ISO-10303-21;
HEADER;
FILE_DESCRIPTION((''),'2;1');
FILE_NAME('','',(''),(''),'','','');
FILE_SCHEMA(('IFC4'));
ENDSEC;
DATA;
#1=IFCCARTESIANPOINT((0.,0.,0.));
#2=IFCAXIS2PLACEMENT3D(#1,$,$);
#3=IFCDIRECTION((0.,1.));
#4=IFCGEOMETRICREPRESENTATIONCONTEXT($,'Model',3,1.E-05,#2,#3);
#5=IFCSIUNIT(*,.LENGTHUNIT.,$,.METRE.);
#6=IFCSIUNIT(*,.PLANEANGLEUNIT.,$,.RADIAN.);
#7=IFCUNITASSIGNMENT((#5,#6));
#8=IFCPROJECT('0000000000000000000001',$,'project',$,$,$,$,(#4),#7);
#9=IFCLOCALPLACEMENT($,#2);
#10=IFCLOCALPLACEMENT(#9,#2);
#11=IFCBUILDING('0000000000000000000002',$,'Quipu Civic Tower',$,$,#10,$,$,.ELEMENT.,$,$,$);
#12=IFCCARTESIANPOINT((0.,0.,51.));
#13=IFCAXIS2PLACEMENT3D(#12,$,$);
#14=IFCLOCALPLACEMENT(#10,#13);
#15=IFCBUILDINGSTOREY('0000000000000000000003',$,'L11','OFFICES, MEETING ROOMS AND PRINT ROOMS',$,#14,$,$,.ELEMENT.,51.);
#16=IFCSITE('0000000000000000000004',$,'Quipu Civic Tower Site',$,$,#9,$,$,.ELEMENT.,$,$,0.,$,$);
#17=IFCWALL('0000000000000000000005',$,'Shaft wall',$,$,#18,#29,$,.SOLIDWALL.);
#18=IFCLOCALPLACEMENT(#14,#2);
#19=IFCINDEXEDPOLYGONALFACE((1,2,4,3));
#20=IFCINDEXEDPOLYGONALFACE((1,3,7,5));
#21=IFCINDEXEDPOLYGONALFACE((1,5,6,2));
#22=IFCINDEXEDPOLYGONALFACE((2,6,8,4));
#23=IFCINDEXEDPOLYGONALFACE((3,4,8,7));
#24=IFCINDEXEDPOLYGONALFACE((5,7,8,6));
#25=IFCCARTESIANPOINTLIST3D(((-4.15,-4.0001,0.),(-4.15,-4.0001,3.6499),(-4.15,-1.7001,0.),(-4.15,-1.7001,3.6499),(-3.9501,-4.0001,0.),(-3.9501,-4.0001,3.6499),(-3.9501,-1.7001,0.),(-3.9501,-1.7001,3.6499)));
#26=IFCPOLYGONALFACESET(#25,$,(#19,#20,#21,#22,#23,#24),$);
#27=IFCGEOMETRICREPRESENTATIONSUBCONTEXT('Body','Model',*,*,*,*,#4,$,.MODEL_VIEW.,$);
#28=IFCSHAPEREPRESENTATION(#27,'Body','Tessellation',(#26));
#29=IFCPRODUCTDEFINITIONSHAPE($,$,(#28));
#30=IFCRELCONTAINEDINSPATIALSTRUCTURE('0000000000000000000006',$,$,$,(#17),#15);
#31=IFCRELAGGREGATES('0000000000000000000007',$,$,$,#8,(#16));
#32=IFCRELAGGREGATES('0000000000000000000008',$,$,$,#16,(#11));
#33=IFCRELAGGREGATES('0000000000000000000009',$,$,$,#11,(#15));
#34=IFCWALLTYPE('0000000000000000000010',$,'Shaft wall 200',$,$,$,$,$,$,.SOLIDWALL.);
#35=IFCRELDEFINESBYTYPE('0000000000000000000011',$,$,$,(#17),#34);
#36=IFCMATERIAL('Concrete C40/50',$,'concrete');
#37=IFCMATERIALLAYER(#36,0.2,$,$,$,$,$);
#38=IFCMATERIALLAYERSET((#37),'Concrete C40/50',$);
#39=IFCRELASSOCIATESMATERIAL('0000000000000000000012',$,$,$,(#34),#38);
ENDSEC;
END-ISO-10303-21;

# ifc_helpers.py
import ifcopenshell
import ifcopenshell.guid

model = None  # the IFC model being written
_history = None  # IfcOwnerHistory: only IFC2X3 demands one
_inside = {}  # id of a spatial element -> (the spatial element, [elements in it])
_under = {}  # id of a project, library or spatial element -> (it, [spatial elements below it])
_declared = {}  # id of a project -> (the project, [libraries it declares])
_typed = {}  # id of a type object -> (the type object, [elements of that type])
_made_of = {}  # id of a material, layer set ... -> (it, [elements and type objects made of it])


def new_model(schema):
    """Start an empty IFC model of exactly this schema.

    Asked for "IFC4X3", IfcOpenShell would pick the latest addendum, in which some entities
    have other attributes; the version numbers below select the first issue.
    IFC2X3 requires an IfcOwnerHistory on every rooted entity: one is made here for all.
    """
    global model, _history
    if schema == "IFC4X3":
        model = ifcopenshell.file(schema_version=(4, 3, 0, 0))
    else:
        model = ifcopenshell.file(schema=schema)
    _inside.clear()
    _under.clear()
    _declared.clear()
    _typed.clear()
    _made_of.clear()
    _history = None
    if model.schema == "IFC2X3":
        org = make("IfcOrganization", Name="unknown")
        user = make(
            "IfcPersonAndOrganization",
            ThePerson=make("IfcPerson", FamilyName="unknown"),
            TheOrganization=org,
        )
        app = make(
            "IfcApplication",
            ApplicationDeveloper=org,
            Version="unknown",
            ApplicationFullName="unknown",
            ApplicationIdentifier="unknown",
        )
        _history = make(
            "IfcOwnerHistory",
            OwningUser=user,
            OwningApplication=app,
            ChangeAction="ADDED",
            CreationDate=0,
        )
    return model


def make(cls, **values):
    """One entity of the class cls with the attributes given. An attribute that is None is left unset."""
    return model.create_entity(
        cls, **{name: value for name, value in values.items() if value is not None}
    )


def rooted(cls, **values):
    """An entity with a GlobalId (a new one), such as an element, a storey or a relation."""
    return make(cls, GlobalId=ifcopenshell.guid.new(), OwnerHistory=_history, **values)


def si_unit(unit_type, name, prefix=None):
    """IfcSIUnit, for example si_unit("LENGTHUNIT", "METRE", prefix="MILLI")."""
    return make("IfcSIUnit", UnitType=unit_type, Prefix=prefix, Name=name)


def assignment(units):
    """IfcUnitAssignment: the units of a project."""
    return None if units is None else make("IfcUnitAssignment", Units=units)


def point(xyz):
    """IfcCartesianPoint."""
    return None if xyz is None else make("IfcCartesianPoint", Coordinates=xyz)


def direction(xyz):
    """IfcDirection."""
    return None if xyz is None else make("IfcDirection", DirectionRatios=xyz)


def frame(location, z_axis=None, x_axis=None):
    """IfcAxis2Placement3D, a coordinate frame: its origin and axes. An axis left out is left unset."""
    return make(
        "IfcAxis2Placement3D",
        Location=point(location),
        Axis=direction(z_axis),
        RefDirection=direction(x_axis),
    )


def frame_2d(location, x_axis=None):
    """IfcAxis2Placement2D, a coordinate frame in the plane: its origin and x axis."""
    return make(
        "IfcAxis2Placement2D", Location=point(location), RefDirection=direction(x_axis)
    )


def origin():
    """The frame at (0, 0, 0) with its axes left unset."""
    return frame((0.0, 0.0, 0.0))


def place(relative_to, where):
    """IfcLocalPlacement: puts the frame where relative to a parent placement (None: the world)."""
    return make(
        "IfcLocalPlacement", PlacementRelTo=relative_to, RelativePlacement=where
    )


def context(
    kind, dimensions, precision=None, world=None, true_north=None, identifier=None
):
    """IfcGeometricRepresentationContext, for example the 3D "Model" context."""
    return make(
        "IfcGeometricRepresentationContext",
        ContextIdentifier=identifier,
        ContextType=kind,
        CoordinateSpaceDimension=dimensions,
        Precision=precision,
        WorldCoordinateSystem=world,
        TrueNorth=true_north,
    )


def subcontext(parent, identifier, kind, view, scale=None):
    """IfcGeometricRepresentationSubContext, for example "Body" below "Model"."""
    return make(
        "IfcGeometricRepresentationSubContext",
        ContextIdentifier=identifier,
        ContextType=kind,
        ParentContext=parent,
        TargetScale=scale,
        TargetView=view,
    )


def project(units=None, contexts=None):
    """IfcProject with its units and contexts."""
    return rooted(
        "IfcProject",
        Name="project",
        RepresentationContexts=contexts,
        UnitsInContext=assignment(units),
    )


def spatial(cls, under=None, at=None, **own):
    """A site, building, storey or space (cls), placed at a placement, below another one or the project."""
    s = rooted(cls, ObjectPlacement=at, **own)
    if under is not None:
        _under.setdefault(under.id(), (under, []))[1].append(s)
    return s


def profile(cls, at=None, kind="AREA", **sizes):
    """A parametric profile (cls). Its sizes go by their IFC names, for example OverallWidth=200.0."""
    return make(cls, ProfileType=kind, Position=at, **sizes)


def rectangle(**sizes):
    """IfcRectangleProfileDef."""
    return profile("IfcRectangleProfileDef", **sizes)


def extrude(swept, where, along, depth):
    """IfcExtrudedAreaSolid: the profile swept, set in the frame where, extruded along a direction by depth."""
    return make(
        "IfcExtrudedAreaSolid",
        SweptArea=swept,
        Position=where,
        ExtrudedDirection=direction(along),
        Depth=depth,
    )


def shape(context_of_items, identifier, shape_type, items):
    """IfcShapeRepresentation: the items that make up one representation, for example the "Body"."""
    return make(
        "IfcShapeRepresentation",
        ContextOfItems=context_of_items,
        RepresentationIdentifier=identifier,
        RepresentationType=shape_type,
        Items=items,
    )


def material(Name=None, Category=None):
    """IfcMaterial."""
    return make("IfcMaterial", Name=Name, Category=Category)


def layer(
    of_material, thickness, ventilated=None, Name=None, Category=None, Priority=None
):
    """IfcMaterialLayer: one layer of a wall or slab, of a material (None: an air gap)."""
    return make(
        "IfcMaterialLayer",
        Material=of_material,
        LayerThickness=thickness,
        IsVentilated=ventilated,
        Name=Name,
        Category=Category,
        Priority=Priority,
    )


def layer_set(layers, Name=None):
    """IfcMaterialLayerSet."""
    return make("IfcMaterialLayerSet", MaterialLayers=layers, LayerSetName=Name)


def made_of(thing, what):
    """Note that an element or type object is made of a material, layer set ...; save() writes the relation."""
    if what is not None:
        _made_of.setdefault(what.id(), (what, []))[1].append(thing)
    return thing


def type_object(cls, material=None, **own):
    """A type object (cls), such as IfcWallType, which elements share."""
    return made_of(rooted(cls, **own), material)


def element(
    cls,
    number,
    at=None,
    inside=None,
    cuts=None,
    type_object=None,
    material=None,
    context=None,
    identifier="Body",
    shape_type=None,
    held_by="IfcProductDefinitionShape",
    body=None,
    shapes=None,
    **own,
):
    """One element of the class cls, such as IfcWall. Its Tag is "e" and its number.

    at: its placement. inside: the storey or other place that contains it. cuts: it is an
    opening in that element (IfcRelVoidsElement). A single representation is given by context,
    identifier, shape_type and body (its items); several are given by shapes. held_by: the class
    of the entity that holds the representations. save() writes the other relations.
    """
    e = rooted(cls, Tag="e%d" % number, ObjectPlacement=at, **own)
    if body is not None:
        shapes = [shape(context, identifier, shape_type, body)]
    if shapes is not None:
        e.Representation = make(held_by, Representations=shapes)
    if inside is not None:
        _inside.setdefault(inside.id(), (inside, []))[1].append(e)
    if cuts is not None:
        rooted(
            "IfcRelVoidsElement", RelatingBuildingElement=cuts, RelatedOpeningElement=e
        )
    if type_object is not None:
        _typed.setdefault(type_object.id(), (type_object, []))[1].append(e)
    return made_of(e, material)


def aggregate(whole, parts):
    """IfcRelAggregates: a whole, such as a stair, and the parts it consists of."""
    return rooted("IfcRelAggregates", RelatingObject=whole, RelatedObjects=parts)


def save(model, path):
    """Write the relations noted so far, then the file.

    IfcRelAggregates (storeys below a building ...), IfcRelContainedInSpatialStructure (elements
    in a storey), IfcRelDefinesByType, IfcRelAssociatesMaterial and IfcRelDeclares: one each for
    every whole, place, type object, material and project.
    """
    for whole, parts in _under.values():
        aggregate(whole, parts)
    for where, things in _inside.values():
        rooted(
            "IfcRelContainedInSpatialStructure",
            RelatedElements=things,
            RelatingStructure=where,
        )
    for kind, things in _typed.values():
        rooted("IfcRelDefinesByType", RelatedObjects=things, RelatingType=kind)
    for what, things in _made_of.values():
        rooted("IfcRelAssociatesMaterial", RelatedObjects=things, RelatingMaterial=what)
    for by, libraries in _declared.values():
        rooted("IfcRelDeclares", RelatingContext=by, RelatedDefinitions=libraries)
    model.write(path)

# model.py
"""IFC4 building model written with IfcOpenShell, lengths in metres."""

from ifc_helpers import new_model, si_unit, direction, frame, frame_2d, origin, place, context, subcontext, project, spatial, rectangle, extrude, material, layer, layer_set, type_object, element, save


model = new_model("IFC4")

# Units and contexts
model_context = context("Model", 3, precision=1e-05, world=origin(), true_north=direction((0.0, 1.0)))
body_context = subcontext(model_context, "Body", "Model", "MODEL_VIEW")
ifc_project = project(units=[si_unit("LENGTHUNIT", "METRE"), si_unit("PLANEANGLEUNIT", "RADIAN")], contexts=[model_context])

# Site, building, storey
site_placement = place(None, origin())
site = spatial("IfcSite", under=ifc_project, at=site_placement, Name="Quipu Civic Tower Site", CompositionType="ELEMENT", RefElevation=0.0)
building_placement = place(site_placement, origin())
building = spatial("IfcBuilding", under=site, at=building_placement, Name="Quipu Civic Tower", CompositionType="ELEMENT")
storey_placement = place(building_placement, frame((0.0, 0.0, 51.0)))
storey = spatial("IfcBuildingStorey", under=building, at=storey_placement, Name="L11", Description="OFFICES, MEETING ROOMS AND PRINT ROOMS", CompositionType="ELEMENT", Elevation=51.0)

# Wall
ifc_material_1 = material(Name="Concrete C40/50", Category="concrete")
ifc_layer_1 = layer(ifc_material_1, 0.2)
ifc_layer_set_1 = layer_set([ifc_layer_1], Name="Concrete C40/50")
wall_type_1 = type_object("IfcWallType", Name="Shaft wall 200", PredefinedType="SOLIDWALL", material=ifc_layer_set_1)
for number, where, z_axis, x_axis, name in (
    (1, (-4.05, -4.0, 0.0), (0.0, 0.0, 1.0), (0.0, 1.0, 0.0), "Shaft wall"),
):
    element("IfcWall", number, at=place(storey_placement, frame(where, z_axis=z_axis, x_axis=x_axis)), inside=storey, type_object=wall_type_1, Name=name, PredefinedType="SOLIDWALL", context=body_context, shape_type="SweptSolid", body=[
        extrude(rectangle(XDim=2.3, YDim=0.2, at=frame_2d((1.1499, 0.0))), origin(), (0.0, 0.0, 1.0), 3.6499),
    ])

save(model, "model.ifc")
